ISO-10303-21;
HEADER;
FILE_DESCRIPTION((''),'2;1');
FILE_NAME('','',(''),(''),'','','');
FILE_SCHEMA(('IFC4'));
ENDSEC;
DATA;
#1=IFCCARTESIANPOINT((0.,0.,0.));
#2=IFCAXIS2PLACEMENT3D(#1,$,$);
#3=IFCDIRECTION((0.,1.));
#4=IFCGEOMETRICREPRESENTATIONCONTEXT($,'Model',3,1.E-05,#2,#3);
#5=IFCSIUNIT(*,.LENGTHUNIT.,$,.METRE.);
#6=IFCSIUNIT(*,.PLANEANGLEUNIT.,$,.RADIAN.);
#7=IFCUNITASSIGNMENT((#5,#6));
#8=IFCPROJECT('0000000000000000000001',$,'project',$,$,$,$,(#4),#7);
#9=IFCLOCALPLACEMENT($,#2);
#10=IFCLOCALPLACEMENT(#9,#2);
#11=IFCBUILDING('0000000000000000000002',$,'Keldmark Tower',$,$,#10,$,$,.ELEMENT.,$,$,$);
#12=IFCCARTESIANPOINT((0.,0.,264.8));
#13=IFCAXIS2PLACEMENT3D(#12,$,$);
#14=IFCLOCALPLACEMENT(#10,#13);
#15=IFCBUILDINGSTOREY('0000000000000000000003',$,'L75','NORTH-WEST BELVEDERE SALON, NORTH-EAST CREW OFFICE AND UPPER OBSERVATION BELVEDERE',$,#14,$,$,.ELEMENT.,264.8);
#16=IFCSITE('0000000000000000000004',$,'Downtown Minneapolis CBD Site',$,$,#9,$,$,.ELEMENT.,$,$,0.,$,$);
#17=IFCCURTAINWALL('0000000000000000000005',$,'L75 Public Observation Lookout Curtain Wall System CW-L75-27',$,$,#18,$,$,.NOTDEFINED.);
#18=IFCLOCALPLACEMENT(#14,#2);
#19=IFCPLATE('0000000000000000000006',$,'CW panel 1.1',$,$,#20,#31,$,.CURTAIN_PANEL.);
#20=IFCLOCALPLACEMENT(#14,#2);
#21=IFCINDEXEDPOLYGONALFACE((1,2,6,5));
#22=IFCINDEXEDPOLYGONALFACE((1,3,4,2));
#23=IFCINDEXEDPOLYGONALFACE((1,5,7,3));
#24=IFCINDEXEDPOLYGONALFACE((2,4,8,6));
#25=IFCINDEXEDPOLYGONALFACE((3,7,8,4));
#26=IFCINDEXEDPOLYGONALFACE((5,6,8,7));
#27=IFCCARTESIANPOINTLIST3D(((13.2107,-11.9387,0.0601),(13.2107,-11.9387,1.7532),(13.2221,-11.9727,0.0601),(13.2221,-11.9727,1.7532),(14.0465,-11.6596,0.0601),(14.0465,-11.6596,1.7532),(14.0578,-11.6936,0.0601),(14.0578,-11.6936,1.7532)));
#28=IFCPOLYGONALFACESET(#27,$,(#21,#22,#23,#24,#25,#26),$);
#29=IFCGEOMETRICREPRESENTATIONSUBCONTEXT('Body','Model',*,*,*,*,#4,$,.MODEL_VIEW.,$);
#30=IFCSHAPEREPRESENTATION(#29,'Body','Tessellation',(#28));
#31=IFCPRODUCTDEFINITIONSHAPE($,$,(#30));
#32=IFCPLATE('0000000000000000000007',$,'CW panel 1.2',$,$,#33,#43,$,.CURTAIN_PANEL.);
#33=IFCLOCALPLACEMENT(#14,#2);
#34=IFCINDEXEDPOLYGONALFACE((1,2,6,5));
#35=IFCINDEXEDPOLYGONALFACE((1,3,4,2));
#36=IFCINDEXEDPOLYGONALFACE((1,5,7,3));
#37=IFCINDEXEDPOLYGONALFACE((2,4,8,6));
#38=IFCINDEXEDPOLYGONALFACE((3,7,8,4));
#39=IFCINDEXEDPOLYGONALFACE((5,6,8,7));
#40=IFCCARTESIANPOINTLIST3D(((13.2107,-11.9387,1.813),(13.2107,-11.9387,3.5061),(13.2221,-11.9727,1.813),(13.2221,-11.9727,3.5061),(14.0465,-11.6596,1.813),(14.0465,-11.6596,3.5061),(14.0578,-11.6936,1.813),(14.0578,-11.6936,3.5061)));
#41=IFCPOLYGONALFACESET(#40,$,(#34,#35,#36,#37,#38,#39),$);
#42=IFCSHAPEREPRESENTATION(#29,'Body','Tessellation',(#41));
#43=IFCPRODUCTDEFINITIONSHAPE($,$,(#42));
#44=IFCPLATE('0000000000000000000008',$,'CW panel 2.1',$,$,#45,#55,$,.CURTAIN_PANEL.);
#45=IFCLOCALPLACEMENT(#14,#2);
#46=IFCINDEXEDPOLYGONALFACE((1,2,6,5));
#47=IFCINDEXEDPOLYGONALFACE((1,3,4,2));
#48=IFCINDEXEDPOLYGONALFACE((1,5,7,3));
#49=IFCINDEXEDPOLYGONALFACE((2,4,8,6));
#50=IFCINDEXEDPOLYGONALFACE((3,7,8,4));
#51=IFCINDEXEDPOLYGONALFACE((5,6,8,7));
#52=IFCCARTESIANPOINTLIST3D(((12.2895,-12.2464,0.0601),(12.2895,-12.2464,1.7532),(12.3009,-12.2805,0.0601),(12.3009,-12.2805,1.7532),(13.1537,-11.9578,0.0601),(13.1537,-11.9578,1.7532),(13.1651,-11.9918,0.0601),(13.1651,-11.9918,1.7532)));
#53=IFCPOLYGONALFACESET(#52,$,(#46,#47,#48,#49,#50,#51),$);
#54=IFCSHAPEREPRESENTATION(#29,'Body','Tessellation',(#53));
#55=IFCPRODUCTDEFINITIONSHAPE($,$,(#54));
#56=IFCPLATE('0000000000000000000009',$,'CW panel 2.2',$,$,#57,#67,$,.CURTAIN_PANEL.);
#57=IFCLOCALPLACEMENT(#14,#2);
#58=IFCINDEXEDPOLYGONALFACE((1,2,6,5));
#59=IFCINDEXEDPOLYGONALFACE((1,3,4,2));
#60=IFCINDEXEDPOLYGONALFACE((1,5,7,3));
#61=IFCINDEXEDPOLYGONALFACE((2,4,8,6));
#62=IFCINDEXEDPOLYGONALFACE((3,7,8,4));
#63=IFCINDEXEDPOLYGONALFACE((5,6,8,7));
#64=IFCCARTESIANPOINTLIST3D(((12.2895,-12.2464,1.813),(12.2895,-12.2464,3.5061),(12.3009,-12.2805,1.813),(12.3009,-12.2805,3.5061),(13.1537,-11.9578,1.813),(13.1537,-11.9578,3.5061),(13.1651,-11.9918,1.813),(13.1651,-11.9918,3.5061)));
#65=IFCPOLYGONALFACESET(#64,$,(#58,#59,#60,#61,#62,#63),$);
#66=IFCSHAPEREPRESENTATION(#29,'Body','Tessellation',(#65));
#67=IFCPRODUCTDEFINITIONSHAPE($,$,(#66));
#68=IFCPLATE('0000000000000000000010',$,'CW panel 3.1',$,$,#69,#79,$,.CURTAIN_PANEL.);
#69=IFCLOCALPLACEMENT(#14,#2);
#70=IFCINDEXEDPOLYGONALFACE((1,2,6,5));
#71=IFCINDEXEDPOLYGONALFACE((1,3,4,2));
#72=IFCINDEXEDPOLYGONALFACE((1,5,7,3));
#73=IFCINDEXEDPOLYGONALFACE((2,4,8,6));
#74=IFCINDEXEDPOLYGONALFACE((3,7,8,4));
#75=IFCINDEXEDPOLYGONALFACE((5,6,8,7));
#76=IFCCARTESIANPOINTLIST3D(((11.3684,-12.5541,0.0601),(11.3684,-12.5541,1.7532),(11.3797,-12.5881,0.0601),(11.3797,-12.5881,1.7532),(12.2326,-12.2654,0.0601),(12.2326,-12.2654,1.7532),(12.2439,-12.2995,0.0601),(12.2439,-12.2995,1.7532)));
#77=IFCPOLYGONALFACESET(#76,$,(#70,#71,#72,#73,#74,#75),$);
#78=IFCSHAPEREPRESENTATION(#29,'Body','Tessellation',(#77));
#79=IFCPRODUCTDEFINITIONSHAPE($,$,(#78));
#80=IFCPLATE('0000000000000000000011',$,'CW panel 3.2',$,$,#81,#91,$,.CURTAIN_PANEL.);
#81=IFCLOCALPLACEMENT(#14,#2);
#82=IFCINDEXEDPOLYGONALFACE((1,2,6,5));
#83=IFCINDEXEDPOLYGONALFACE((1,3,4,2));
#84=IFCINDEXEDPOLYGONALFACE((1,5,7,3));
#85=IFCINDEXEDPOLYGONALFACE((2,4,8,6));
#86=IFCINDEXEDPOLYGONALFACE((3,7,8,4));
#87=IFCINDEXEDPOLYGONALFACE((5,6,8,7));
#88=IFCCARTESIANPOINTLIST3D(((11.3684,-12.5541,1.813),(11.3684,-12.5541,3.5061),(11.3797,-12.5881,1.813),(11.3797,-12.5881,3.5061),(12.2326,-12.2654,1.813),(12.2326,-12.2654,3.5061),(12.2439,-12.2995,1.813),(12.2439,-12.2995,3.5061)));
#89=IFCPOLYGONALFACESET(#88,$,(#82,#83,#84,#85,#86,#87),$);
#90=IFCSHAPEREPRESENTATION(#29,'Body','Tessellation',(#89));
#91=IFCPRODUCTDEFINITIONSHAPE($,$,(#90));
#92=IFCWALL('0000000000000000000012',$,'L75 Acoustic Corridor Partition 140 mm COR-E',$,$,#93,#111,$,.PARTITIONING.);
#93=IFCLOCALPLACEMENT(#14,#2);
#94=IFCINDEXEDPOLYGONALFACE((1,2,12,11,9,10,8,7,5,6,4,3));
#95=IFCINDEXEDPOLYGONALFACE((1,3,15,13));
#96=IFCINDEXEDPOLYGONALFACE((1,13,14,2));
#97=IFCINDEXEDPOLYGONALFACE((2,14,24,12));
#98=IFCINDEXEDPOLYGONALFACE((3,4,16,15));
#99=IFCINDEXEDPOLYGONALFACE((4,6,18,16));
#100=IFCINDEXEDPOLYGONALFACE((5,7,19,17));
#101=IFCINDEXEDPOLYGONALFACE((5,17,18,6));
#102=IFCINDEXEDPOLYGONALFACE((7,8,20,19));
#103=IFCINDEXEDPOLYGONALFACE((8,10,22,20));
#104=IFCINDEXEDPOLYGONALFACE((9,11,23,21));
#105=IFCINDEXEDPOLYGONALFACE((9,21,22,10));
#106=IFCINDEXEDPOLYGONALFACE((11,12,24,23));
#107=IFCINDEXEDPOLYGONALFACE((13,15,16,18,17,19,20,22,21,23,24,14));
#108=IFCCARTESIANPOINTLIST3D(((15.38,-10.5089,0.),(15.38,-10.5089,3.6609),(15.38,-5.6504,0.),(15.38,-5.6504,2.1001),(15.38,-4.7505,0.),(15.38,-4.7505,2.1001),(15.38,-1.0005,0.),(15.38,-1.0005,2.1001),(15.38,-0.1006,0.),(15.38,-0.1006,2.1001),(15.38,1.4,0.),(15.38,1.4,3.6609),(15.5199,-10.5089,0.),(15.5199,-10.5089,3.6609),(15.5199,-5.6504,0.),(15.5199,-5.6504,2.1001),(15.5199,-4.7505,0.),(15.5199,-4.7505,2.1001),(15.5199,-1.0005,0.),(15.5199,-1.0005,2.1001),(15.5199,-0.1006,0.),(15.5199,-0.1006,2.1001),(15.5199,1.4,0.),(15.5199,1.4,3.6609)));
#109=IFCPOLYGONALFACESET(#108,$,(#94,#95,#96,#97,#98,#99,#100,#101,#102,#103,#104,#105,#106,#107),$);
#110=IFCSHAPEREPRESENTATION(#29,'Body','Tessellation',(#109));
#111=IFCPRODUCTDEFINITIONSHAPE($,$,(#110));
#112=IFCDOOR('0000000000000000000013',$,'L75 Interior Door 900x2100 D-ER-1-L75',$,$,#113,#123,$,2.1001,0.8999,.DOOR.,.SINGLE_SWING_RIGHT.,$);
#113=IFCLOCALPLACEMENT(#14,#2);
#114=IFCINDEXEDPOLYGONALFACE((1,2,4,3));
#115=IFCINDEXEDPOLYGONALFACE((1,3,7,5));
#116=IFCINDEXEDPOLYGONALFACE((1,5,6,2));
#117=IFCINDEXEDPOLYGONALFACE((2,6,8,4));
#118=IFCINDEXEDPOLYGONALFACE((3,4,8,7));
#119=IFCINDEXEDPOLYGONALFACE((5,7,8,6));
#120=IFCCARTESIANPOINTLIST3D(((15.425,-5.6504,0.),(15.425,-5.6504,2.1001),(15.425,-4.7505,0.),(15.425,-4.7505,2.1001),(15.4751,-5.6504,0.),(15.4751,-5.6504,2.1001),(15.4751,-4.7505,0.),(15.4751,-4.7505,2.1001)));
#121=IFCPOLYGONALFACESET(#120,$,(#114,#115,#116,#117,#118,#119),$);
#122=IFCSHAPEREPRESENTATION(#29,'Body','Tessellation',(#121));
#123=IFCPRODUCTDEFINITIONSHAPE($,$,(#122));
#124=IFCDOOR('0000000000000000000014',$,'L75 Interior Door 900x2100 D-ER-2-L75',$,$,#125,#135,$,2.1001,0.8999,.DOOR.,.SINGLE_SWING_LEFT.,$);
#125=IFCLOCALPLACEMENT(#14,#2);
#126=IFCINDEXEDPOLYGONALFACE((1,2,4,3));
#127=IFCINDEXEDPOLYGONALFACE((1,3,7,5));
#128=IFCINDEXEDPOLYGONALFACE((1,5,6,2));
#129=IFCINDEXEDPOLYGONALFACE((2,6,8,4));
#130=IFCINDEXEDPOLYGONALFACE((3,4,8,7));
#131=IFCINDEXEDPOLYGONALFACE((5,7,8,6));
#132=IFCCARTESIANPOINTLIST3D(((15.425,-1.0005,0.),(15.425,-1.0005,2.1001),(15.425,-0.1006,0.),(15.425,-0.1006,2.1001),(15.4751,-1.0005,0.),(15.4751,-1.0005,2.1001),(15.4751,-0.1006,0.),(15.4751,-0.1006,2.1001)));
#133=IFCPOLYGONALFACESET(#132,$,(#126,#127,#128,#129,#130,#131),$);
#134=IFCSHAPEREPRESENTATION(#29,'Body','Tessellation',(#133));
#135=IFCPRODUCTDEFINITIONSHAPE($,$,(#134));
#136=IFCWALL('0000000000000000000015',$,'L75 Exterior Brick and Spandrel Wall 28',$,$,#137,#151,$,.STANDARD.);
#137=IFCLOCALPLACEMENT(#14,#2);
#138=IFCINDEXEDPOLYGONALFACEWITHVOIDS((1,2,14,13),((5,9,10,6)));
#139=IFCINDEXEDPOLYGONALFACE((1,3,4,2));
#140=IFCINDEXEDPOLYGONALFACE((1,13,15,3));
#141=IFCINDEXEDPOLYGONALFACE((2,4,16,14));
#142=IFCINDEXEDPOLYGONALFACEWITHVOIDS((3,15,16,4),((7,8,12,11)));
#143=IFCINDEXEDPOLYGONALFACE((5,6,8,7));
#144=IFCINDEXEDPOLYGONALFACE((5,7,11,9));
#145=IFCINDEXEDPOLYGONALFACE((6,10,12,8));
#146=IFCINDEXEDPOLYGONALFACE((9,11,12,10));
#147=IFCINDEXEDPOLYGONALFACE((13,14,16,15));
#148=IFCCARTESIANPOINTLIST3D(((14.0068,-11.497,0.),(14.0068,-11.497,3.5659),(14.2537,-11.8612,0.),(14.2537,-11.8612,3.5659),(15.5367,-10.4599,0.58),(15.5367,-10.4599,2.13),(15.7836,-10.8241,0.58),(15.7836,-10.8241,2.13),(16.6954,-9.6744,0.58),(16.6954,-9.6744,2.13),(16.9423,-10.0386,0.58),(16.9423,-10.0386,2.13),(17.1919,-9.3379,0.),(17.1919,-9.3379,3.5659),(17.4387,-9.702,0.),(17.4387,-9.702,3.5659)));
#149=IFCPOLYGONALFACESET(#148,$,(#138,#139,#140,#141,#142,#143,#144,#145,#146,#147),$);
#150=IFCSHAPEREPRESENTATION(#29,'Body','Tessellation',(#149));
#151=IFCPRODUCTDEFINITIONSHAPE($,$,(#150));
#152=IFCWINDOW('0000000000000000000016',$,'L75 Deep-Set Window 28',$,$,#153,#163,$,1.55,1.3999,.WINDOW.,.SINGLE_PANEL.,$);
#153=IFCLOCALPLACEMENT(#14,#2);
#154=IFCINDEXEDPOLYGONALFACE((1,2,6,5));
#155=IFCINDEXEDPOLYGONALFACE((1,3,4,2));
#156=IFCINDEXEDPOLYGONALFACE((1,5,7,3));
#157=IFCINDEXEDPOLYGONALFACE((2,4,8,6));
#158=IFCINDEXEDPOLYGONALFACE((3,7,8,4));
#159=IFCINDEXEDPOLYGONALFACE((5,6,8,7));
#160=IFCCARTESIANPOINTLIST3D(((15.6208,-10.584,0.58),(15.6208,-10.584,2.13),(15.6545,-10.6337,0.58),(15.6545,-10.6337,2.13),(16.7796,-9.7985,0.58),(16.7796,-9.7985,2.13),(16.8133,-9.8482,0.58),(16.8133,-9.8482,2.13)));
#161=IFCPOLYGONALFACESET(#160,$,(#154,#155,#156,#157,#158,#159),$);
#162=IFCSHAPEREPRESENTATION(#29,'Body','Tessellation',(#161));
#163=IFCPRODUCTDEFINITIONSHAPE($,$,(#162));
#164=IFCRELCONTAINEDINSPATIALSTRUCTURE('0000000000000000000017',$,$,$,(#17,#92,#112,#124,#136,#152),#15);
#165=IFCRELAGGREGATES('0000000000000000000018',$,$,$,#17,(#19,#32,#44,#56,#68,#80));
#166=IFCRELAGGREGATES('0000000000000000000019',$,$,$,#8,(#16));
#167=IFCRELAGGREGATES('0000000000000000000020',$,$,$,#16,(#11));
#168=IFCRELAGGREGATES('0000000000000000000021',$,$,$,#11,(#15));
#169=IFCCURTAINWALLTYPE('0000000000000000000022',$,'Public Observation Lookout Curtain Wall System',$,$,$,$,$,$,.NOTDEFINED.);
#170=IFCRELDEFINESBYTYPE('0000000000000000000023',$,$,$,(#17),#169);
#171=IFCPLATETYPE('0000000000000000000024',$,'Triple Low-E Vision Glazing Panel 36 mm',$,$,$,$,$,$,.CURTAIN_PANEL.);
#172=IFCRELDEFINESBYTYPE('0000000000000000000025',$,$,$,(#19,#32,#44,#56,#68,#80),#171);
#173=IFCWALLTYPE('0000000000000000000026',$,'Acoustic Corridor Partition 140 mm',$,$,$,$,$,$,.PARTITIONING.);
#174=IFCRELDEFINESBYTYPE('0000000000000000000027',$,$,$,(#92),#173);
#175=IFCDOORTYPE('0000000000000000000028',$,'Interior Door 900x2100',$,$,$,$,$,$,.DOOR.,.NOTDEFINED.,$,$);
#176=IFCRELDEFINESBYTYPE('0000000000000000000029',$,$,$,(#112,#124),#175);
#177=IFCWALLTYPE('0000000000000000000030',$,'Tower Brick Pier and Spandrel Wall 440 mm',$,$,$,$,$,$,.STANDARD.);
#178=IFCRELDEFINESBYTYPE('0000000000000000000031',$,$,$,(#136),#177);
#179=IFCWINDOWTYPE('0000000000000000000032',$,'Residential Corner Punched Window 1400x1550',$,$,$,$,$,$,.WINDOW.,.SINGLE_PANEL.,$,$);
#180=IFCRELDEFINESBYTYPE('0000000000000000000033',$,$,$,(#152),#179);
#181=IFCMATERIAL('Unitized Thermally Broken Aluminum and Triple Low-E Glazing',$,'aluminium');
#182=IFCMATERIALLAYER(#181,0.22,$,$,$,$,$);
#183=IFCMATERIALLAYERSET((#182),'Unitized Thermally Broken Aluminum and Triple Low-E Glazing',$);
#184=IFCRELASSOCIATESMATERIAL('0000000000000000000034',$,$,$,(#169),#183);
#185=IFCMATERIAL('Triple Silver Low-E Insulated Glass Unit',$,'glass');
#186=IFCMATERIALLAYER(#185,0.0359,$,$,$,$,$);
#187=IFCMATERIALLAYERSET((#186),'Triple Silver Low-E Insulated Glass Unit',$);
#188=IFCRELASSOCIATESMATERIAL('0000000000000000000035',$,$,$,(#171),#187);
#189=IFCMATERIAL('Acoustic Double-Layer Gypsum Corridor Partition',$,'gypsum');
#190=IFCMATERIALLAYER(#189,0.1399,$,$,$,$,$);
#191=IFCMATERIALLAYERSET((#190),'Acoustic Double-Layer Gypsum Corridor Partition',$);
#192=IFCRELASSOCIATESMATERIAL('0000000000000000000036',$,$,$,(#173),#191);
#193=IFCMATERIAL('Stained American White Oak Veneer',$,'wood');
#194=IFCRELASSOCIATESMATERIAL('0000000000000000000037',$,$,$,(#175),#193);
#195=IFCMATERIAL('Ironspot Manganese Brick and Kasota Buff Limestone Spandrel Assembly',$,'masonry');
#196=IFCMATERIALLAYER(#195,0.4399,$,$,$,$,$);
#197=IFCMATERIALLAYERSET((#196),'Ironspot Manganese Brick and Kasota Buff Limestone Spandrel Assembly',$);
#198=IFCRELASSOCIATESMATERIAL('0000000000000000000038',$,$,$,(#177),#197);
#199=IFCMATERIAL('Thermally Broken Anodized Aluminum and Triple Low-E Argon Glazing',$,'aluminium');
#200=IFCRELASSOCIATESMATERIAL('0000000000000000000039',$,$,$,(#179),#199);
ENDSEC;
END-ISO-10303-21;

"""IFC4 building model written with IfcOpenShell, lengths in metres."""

from ifc_helpers import new_model, si_unit, direction, frame, frame_2d, origin, origin_2d, place, context, subcontext, project, spatial, rectangle, extrude, material, layer, layer_set, type_object, element, fill, aggregate, save


model = new_model("IFC4")

# Units and contexts
model_context = context("Model", 3, precision=1e-05, world=origin(), true_north=direction((0.0, 1.0)))
body_context = subcontext(model_context, "Body", "Model", "MODEL_VIEW")
ifc_project = project(units=[si_unit("LENGTHUNIT", "METRE"), si_unit("PLANEANGLEUNIT", "RADIAN")], contexts=[model_context])

# Site, building, storey
site_placement = place(None, origin())
site = spatial("IfcSite", under=ifc_project, at=site_placement, Name="Downtown Minneapolis CBD Site", CompositionType="ELEMENT", RefElevation=0.0)
building_placement = place(site_placement, origin())
building = spatial("IfcBuilding", under=site, at=building_placement, Name="Keldmark Tower", CompositionType="ELEMENT")
storey_placement = place(building_placement, frame((0.0, 0.0, 264.8)))
storey = spatial("IfcBuildingStorey", under=building, at=storey_placement, Name="L75", Description="NORTH-WEST BELVEDERE SALON, NORTH-EAST CREW OFFICE AND UPPER OBSERVATION BELVEDERE", CompositionType="ELEMENT", Elevation=264.8)

# Curtain wall
ifc_material_1 = material(Name="Unitized Thermally Broken Aluminum and Triple Low-E Glazing", Category="aluminium")
ifc_layer_1 = layer(ifc_material_1, 0.22)
ifc_layer_set_1 = layer_set([ifc_layer_1], Name="Unitized Thermally Broken Aluminum and Triple Low-E Glazing")
curtain_wall_type = type_object("IfcCurtainWallType", Name="Public Observation Lookout Curtain Wall System", PredefinedType="NOTDEFINED", material=ifc_layer_set_1)
curtain_wall_placement = place(storey_placement, origin())
curtain_wall = element("IfcCurtainWall", 1, at=curtain_wall_placement, inside=storey, type_object=curtain_wall_type, Name="L75 Public Observation Lookout Curtain Wall System CW-L75-27", PredefinedType="NOTDEFINED")

# Plates
ifc_material_2 = material(Name="Triple Silver Low-E Insulated Glass Unit", Category="glass")
ifc_layer_2 = layer(ifc_material_2, 0.0359)
ifc_layer_set_2 = layer_set([ifc_layer_2], Name="Triple Silver Low-E Insulated Glass Unit")
plate_type_1 = type_object("IfcPlateType", Name="Triple Low-E Vision Glazing Panel 36 mm", PredefinedType="CURTAIN_PANEL", material=ifc_layer_set_2)
plate_1_placement = place(storey_placement, frame((13.6343, -11.8162, 0.0601), z_axis=(0.0, 0.0, 1.0), x_axis=(-0.9485, -0.316776, 0.0)))
plate_1 = element("IfcPlate", 2, at=plate_1_placement, type_object=plate_type_1, Name="CW panel 1.1", PredefinedType="CURTAIN_PANEL", context=body_context, shape_type="SweptSolid", body=[
    extrude(rectangle(XDim=0.8811, YDim=0.0359, at=origin_2d()), origin(), (0.0, 0.0, 1.0), 1.6931),
])
plate_2_placement = place(storey_placement, frame((13.6343, -11.8162, 1.813), z_axis=(0.0, 0.0, 1.0), x_axis=(-0.9485, -0.316776, 0.0)))
plate_2 = element("IfcPlate", 3, at=plate_2_placement, type_object=plate_type_1, Name="CW panel 1.2", PredefinedType="CURTAIN_PANEL", context=body_context, shape_type="SweptSolid", body=[
    extrude(rectangle(XDim=0.8811, YDim=0.0359, at=origin_2d()), origin(), (0.0, 0.0, 1.0), 1.6931),
])
plate_3_placement = place(storey_placement, frame((12.7273, -12.1191, 0.0601), z_axis=(0.0, 0.0, 1.0), x_axis=(-0.9485, -0.316776, 0.0)))
plate_3 = element("IfcPlate", 4, at=plate_3_placement, type_object=plate_type_1, Name="CW panel 2.1", PredefinedType="CURTAIN_PANEL", context=body_context, shape_type="SweptSolid", body=[
    extrude(rectangle(XDim=0.9111, YDim=0.0359, at=origin_2d()), origin(), (0.0, 0.0, 1.0), 1.6931),
])
plate_4_placement = place(storey_placement, frame((12.7273, -12.1191, 1.813), z_axis=(0.0, 0.0, 1.0), x_axis=(-0.9485, -0.316776, 0.0)))
plate_4 = element("IfcPlate", 5, at=plate_4_placement, type_object=plate_type_1, Name="CW panel 2.2", PredefinedType="CURTAIN_PANEL", context=body_context, shape_type="SweptSolid", body=[
    extrude(rectangle(XDim=0.9111, YDim=0.0359, at=origin_2d()), origin(), (0.0, 0.0, 1.0), 1.6931),
])
plate_5_placement = place(storey_placement, frame((11.8062, -12.4268, 0.0601), z_axis=(0.0, 0.0, 1.0), x_axis=(-0.9485, -0.316776, 0.0)))
plate_5 = element("IfcPlate", 6, at=plate_5_placement, type_object=plate_type_1, Name="CW panel 3.1", PredefinedType="CURTAIN_PANEL", context=body_context, shape_type="SweptSolid", body=[
    extrude(rectangle(XDim=0.9111, YDim=0.0359, at=origin_2d()), origin(), (0.0, 0.0, 1.0), 1.6931),
])
plate_6_placement = place(storey_placement, frame((11.8062, -12.4268, 1.813), z_axis=(0.0, 0.0, 1.0), x_axis=(-0.9485, -0.316776, 0.0)))
plate_6 = element("IfcPlate", 7, at=plate_6_placement, type_object=plate_type_1, Name="CW panel 3.2", PredefinedType="CURTAIN_PANEL", context=body_context, shape_type="SweptSolid", body=[
    extrude(rectangle(XDim=0.9111, YDim=0.0359, at=origin_2d()), origin(), (0.0, 0.0, 1.0), 1.6931),
])
aggregate(curtain_wall, [plate_1, plate_2, plate_3, plate_4, plate_5, plate_6])

# Wall, openings, doors
ifc_material_3 = material(Name="Acoustic Double-Layer Gypsum Corridor Partition", Category="gypsum")
ifc_layer_3 = layer(ifc_material_3, 0.1399)
ifc_layer_set_3 = layer_set([ifc_layer_3], Name="Acoustic Double-Layer Gypsum Corridor Partition")
wall_type_1 = type_object("IfcWallType", Name="Acoustic Corridor Partition 140 mm", PredefinedType="PARTITIONING", material=ifc_layer_set_3)
wall_1_placement = place(storey_placement, frame((15.45, -10.509, 0.0), z_axis=(0.0, 0.0, 1.0), x_axis=(0.0, 1.0, 0.0)))
wall_1 = element("IfcWall", 8, at=wall_1_placement, inside=storey, type_object=wall_type_1, Name="L75 Acoustic Corridor Partition 140 mm COR-E", PredefinedType="PARTITIONING", context=body_context, shape_type="SweptSolid", body=[
    extrude(rectangle(XDim=11.9089, YDim=0.1399, at=frame_2d((5.9546, 0.0))), origin(), (0.0, 0.0, 1.0), 3.6609),
])
opening_1_placement = place(wall_1_placement, frame((4.8586, 0.0, 0.0)))
opening_1 = element("IfcOpeningElement", 9, at=opening_1_placement, cuts=wall_1, PredefinedType="OPENING", context=body_context, shape_type="SweptSolid", body=[
    extrude(rectangle(XDim=0.8999, YDim=2.1001, at=frame_2d((0.45, 1.05))), frame((0.0, 0.0798, 0.0), z_axis=(0.0, -1.0, 0.0), x_axis=(1.0, 0.0, 0.0)), (0.0, 0.0, 1.0), 0.1599),
])
opening_2_placement = place(wall_1_placement, frame((9.5085, 0.0, 0.0)))
opening_2 = element("IfcOpeningElement", 10, at=opening_2_placement, cuts=wall_1, PredefinedType="OPENING", context=body_context, shape_type="SweptSolid", body=[
    extrude(rectangle(XDim=0.8999, YDim=2.1001, at=frame_2d((0.45, 1.05))), frame((0.0, 0.0798, 0.0), z_axis=(0.0, -1.0, 0.0), x_axis=(1.0, 0.0, 0.0)), (0.0, 0.0, 1.0), 0.1599),
])
ifc_material_4 = material(Name="Stained American White Oak Veneer", Category="wood")
door_type = type_object("IfcDoorType", Name="Interior Door 900x2100", OperationType="NOTDEFINED", PredefinedType="DOOR", material=ifc_material_4)
door_1_placement = place(opening_1_placement, origin())
door_1 = element("IfcDoor", 11, at=door_1_placement, inside=storey, type_object=door_type, Name="L75 Interior Door 900x2100 D-ER-1-L75", OperationType="SINGLE_SWING_RIGHT", OverallHeight=2.1001, OverallWidth=0.8999, PredefinedType="DOOR", context=body_context, shape_type="SweptSolid", body=[
    extrude(rectangle(XDim=0.8999, YDim=2.1001, at=frame_2d((0.45, 1.05))), frame((0.0, 0.0249, 0.0), z_axis=(0.0, -1.0, 0.0), x_axis=(1.0, 0.0, 0.0)), (0.0, 0.0, 1.0), 0.05),
])
fill(opening_1, door_1)
door_2_placement = place(opening_2_placement, origin())
door_2 = element("IfcDoor", 12, at=door_2_placement, inside=storey, type_object=door_type, Name="L75 Interior Door 900x2100 D-ER-2-L75", OperationType="SINGLE_SWING_LEFT", OverallHeight=2.1001, OverallWidth=0.8999, PredefinedType="DOOR", context=body_context, shape_type="SweptSolid", body=[
    extrude(rectangle(XDim=0.8999, YDim=2.1001, at=frame_2d((0.45, 1.05))), frame((0.0, 0.0249, 0.0), z_axis=(0.0, -1.0, 0.0), x_axis=(1.0, 0.0, 0.0)), (0.0, 0.0, 1.0), 0.05),
])
fill(opening_2, door_2)

# Wall, opening, window
ifc_material_5 = material(Name="Ironspot Manganese Brick and Kasota Buff Limestone Spandrel Assembly", Category="masonry")
ifc_layer_4 = layer(ifc_material_5, 0.4399)
ifc_layer_set_4 = layer_set([ifc_layer_4], Name="Ironspot Manganese Brick and Kasota Buff Limestone Spandrel Assembly")
wall_type_2 = type_object("IfcWallType", Name="Tower Brick Pier and Spandrel Wall 440 mm", PredefinedType="STANDARD", material=ifc_layer_set_4)
wall_2_placement = place(storey_placement, frame((17.3152, -9.52, 0.0), z_axis=(0.0, 0.0, 1.0), x_axis=(-0.82773, -0.561126, 0.0)))
wall_2 = element("IfcWall", 13, at=wall_2_placement, inside=storey, type_object=wall_type_2, Name="L75 Exterior Brick and Spandrel Wall 28", PredefinedType="STANDARD", context=body_context, shape_type="SweptSolid", body=[
    extrude(rectangle(XDim=3.8479, YDim=0.4399, at=frame_2d((1.9238, 0.0))), origin(), (0.0, 0.0, 1.0), 3.5659),
])
opening_3_placement = place(wall_2_placement, frame((0.5996, 0.0, 0.5801)))
opening_3 = element("IfcOpeningElement", 14, at=opening_3_placement, cuts=wall_2, PredefinedType="OPENING", context=body_context, shape_type="SweptSolid", body=[
    extrude(rectangle(XDim=1.3999, YDim=1.55, at=frame_2d((0.7, 0.7749))), frame((0.0, 0.23, 0.0), z_axis=(0.0, -1.0, 0.0), x_axis=(1.0, 0.0, 0.0)), (0.0, 0.0, 1.0), 0.46),
])
ifc_material_6 = material(Name="Thermally Broken Anodized Aluminum and Triple Low-E Argon Glazing", Category="aluminium")
window_type = type_object("IfcWindowType", Name="Residential Corner Punched Window 1400x1550", PartitioningType="SINGLE_PANEL", PredefinedType="WINDOW", material=ifc_material_6)
window_placement = place(opening_3_placement, origin())
window = element("IfcWindow", 15, at=window_placement, inside=storey, type_object=window_type, Name="L75 Deep-Set Window 28", OverallHeight=1.55, OverallWidth=1.3999, PartitioningType="SINGLE_PANEL", PredefinedType="WINDOW", context=body_context, shape_type="SweptSolid", body=[
    extrude(rectangle(XDim=1.3999, YDim=1.55, at=frame_2d((0.7, 0.7749))), frame((0.0, -0.01, 0.0), z_axis=(0.0, -1.0, 0.0), x_axis=(1.0, 0.0, 0.0)), (0.0, 0.0, 1.0), 0.0601),
])
fill(opening_3, window)

save(model, "model.ifc")
